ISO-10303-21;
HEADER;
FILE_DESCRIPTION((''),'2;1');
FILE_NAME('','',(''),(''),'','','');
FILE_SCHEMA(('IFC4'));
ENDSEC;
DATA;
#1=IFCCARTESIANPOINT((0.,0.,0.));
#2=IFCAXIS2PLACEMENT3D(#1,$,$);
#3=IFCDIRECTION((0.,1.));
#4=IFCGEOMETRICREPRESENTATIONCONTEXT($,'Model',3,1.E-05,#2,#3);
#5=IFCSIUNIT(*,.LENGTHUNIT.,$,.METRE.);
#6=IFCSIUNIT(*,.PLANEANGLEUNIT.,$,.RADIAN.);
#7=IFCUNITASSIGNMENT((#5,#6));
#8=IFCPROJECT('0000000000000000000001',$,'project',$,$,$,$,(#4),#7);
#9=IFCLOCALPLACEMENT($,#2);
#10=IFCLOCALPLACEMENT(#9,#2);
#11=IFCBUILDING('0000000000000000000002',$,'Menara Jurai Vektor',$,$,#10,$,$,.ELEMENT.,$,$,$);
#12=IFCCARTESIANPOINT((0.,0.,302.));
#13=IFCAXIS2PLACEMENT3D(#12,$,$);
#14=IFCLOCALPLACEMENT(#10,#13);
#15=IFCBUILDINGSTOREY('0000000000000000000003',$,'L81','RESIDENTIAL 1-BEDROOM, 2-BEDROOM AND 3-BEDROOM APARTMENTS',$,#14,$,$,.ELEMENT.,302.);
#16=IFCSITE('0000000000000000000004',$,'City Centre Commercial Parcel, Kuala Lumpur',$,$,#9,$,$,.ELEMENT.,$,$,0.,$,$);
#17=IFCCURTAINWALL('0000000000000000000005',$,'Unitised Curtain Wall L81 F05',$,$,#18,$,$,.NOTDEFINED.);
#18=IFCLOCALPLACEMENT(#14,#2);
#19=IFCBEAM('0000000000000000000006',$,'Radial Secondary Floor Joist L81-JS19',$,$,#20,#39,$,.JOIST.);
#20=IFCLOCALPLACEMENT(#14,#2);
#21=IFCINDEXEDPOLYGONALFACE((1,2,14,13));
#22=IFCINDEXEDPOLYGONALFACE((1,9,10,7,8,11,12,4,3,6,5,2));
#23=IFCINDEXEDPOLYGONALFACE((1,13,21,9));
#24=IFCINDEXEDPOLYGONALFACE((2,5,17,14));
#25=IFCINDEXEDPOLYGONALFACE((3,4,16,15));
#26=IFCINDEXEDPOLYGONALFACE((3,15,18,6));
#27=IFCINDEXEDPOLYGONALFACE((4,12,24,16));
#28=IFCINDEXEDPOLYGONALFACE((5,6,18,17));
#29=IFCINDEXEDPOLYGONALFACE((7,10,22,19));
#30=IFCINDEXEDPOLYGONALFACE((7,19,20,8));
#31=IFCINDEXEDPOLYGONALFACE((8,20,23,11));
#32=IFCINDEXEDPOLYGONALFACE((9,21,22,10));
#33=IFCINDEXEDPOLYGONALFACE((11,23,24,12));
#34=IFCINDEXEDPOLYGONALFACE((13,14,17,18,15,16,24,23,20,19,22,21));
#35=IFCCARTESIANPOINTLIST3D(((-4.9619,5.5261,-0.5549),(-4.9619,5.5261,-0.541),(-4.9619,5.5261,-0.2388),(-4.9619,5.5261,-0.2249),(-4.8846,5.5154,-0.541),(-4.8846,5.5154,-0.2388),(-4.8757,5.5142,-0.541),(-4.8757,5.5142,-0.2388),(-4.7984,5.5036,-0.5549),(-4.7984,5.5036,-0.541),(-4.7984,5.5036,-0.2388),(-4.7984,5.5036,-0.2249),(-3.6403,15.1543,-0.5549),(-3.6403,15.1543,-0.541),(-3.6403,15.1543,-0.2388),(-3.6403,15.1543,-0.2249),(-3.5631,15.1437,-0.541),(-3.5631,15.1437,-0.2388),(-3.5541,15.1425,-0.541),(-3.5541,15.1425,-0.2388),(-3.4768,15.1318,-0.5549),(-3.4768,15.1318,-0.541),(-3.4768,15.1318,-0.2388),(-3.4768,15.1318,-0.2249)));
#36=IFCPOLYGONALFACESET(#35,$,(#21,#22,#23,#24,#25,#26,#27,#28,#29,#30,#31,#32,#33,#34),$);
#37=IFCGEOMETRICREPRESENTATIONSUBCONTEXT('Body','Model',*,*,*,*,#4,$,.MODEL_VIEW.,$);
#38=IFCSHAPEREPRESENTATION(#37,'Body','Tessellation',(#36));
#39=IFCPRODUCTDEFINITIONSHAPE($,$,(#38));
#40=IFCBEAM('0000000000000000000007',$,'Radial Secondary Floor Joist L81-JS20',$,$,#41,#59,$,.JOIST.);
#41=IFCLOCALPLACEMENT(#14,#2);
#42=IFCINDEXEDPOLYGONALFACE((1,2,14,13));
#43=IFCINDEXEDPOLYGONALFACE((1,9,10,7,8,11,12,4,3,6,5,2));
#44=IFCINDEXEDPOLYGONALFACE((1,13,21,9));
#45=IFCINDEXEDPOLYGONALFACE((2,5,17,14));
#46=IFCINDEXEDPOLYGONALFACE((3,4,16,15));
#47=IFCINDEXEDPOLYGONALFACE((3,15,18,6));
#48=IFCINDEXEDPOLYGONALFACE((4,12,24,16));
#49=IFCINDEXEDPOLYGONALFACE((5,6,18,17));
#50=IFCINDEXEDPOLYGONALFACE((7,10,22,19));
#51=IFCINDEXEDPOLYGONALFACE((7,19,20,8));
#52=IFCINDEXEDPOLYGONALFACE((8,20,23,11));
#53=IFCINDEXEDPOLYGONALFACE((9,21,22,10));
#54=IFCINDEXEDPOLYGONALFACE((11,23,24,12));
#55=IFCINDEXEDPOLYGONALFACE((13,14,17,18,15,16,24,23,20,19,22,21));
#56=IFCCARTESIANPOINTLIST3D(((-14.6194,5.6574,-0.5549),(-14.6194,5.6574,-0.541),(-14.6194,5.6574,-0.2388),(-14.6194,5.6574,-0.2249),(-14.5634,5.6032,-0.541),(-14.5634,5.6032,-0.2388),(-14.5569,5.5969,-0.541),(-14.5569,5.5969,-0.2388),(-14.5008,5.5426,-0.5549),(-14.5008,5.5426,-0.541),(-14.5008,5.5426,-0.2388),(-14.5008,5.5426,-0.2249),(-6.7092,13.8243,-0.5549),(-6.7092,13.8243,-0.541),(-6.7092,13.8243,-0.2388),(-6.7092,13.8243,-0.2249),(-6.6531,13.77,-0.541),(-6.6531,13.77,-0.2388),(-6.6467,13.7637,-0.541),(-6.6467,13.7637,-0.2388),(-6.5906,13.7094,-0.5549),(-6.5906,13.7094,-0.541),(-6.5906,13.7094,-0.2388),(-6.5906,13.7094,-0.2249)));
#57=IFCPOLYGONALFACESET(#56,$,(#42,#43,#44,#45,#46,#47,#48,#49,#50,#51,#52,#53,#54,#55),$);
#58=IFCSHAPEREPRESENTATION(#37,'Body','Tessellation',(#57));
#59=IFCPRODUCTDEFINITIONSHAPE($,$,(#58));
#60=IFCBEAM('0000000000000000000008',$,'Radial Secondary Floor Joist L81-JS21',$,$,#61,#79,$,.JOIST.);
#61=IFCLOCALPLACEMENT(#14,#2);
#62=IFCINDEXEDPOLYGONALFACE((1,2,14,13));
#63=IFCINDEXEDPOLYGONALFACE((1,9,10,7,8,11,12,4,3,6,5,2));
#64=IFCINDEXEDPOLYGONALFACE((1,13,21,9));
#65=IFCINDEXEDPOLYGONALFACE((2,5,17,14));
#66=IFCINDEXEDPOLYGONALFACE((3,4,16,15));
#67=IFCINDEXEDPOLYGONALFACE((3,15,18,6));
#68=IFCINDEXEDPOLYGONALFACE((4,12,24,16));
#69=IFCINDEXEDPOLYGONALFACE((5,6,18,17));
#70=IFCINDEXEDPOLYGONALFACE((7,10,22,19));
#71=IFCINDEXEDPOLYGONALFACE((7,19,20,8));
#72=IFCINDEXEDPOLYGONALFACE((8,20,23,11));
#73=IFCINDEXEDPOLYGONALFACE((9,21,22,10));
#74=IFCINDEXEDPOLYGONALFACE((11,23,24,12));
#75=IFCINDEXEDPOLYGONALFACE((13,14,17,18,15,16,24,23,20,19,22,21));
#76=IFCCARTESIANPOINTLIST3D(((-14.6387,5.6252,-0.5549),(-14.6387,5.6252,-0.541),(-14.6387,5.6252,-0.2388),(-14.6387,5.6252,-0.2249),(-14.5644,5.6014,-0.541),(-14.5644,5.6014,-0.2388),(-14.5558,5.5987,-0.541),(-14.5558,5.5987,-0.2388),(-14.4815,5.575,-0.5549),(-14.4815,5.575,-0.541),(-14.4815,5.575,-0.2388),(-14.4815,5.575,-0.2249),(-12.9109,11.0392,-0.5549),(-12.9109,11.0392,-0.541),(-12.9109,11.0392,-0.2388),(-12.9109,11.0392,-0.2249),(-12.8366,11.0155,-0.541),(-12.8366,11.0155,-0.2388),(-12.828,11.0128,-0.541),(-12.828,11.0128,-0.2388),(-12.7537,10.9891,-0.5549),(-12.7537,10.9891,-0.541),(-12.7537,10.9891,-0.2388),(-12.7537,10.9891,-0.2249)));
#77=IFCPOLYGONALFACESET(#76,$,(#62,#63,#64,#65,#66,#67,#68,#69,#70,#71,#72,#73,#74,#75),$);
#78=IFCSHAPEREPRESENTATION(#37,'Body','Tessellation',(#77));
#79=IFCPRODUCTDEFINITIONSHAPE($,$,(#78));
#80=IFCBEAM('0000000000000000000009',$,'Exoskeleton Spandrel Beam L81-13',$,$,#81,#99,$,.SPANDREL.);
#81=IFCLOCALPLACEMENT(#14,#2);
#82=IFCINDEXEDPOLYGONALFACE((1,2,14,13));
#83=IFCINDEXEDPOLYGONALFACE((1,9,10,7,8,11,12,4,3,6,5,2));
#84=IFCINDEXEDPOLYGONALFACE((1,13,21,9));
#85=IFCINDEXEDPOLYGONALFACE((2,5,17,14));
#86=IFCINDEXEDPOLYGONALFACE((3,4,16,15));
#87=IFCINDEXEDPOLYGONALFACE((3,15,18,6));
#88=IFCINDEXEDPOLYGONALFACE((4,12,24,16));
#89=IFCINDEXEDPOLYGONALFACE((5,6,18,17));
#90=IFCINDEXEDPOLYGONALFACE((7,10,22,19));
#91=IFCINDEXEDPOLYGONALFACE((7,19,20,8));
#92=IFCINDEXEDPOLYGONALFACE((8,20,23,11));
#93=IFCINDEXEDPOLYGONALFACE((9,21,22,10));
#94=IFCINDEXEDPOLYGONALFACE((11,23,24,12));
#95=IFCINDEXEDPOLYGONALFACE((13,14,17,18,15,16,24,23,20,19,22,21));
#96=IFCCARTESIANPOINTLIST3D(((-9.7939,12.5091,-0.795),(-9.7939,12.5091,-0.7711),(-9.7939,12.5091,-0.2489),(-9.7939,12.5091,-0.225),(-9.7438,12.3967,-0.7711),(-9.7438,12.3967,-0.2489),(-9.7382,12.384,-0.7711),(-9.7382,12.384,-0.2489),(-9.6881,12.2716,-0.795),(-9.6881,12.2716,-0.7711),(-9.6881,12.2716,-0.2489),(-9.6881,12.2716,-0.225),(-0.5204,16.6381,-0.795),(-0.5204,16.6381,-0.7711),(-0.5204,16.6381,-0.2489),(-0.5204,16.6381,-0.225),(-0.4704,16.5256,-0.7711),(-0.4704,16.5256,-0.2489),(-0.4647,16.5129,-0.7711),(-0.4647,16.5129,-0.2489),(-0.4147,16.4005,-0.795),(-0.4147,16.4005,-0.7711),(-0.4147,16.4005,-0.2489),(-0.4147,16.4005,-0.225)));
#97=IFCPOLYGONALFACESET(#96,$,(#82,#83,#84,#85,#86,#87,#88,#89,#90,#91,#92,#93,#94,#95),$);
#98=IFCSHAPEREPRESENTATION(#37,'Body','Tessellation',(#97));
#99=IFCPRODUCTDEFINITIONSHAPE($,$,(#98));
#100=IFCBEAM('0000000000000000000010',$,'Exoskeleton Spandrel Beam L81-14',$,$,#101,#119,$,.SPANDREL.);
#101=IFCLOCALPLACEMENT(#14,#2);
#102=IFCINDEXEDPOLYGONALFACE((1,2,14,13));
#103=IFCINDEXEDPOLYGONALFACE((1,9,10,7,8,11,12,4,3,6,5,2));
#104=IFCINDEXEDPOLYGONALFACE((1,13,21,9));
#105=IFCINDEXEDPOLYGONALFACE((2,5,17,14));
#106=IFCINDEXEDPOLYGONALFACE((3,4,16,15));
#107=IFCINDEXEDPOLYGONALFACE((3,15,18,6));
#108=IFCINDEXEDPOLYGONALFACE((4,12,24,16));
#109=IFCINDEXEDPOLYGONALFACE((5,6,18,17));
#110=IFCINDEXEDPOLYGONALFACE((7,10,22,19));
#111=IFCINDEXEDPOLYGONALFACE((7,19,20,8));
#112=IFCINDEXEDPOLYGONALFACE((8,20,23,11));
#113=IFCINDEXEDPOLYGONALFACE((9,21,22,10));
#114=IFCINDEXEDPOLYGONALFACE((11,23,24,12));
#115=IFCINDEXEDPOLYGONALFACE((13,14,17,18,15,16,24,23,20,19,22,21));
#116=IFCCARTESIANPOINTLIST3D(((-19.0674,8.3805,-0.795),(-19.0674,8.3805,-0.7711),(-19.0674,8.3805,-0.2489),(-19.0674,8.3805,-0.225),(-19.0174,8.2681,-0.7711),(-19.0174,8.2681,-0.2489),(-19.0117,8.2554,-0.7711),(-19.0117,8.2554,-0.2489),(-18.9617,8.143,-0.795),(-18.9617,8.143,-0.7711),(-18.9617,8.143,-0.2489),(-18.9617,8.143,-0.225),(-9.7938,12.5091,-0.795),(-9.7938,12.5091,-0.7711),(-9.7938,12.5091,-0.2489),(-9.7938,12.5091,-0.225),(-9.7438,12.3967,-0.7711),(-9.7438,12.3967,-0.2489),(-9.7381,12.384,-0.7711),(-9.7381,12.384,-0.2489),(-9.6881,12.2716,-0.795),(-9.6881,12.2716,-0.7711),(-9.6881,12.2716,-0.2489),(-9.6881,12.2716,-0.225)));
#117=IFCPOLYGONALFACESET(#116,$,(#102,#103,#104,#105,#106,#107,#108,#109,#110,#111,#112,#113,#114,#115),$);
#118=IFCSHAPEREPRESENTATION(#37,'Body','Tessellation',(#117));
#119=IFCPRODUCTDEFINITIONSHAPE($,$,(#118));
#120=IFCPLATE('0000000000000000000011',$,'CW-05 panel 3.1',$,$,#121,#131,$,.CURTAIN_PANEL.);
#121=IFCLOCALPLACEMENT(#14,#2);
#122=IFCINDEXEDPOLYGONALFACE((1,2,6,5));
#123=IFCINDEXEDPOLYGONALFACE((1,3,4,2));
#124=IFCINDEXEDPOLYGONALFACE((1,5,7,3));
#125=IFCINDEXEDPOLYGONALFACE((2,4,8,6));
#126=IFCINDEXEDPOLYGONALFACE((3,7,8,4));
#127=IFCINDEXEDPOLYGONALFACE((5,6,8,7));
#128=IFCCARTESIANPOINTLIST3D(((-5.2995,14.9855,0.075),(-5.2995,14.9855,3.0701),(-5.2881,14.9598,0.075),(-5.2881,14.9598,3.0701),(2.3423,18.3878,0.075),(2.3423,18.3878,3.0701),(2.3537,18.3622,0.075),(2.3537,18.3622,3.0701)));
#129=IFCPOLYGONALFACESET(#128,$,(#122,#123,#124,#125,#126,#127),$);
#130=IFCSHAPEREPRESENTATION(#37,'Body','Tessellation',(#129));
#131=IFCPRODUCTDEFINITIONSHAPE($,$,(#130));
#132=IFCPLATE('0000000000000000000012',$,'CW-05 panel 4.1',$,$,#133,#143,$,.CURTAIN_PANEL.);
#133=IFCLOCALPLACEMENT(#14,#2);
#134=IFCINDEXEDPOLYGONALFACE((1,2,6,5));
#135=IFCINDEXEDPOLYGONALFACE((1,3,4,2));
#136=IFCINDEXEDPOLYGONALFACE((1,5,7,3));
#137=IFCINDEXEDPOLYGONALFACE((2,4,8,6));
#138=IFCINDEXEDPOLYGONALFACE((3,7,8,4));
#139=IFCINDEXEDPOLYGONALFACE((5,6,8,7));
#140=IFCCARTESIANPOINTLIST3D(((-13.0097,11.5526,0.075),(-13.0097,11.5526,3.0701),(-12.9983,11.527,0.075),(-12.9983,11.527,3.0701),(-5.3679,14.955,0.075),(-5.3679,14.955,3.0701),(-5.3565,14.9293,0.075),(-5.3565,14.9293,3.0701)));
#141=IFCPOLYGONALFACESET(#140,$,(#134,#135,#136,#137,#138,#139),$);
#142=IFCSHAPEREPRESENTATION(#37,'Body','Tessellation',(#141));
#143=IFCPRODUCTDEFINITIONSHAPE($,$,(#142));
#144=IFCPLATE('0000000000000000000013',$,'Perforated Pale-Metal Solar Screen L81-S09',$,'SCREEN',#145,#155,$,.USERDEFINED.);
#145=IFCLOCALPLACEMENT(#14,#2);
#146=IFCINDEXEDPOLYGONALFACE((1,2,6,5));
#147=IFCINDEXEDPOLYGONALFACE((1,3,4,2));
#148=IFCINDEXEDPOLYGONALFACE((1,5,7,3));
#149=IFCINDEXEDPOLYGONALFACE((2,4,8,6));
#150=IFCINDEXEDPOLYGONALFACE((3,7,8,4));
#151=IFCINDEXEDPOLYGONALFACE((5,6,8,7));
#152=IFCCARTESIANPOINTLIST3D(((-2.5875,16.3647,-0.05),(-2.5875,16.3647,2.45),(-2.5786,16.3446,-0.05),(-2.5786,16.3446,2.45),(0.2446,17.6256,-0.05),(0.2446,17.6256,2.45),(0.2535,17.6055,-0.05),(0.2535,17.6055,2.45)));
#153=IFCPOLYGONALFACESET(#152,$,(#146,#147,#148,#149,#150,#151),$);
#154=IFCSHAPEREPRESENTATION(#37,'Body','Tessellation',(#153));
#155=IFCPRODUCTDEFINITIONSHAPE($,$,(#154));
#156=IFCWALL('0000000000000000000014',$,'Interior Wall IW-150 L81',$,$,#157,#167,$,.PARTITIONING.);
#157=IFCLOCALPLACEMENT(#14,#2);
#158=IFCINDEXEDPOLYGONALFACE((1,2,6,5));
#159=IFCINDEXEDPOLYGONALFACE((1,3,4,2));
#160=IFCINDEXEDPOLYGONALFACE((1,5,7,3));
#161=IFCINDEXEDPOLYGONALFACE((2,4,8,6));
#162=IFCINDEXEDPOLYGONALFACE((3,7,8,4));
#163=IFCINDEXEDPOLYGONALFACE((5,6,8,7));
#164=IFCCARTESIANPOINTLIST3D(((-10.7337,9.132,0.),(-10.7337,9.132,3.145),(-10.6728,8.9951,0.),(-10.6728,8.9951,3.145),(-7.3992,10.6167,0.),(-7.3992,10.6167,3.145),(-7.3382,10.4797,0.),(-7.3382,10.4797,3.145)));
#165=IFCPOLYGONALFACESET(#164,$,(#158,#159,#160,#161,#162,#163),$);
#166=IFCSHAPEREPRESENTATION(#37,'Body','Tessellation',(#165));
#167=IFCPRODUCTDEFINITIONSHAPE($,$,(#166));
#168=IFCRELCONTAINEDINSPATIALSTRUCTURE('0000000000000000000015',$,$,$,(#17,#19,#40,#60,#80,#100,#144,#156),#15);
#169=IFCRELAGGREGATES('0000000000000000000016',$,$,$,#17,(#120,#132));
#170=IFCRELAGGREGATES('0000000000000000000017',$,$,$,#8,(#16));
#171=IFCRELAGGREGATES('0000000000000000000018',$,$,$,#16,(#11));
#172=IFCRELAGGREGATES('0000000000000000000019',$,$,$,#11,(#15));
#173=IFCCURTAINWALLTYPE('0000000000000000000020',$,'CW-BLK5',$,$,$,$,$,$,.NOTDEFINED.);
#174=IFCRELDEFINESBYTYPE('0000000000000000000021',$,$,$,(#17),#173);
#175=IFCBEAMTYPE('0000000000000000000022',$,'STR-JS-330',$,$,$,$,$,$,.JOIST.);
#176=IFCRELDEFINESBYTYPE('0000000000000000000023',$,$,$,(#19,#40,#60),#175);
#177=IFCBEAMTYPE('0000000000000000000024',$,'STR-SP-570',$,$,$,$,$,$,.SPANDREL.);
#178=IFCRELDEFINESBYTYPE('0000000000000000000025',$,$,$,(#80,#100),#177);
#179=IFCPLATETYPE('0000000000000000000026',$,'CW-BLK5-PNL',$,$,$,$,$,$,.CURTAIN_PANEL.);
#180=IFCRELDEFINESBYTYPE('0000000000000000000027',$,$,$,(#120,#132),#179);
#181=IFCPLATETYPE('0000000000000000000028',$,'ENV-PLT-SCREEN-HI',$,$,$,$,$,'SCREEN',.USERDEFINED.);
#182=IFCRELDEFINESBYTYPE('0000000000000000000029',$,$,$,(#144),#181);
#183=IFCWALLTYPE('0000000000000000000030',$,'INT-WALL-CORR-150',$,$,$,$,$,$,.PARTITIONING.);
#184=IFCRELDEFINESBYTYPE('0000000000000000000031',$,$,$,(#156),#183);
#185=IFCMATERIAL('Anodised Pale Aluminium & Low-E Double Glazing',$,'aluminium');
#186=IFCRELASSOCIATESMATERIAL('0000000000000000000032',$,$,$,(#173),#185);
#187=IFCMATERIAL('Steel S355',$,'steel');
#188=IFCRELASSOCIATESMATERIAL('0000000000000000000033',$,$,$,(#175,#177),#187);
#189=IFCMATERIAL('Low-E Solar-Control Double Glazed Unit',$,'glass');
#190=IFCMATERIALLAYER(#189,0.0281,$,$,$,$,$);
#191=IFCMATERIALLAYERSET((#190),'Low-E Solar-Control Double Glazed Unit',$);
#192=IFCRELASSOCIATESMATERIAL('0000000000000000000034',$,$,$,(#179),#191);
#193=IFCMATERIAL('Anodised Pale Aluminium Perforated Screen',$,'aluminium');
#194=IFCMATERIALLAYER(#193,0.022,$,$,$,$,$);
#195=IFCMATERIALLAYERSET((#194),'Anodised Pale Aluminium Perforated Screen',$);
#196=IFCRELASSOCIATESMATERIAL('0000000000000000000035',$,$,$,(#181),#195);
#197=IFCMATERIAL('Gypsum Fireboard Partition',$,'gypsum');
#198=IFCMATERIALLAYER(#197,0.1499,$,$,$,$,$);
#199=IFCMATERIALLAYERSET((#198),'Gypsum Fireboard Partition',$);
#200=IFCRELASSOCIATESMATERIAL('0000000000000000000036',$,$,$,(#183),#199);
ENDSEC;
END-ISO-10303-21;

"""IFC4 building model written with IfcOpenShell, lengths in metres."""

from ifc_helpers import new_model, si_unit, direction, frame, frame_2d, origin, origin_2d, place, context, subcontext, project, spatial, rectangle, i_section, extrude, material, layer, layer_set, material_profile, profile_set, type_object, element, aggregate, save


model = new_model("IFC4")

# Units and contexts
model_context = context("Model", 3, precision=1e-05, world=origin(), true_north=direction((0.0, 1.0)))
body_context = subcontext(model_context, "Body", "Model", "MODEL_VIEW")
ifc_project = project(units=[si_unit("LENGTHUNIT", "METRE"), si_unit("PLANEANGLEUNIT", "RADIAN")], contexts=[model_context])

# Site, building, storey
site_placement = place(None, origin())
site = spatial("IfcSite", under=ifc_project, at=site_placement, Name="City Centre Commercial Parcel, Kuala Lumpur", CompositionType="ELEMENT", RefElevation=0.0)
building_placement = place(site_placement, origin())
building = spatial("IfcBuilding", under=site, at=building_placement, Name="Menara Jurai Vektor", CompositionType="ELEMENT")
storey_placement = place(building_placement, frame((0.0, 0.0, 302.0)))
storey = spatial("IfcBuildingStorey", under=building, at=storey_placement, Name="L81", Description="RESIDENTIAL 1-BEDROOM, 2-BEDROOM AND 3-BEDROOM APARTMENTS", CompositionType="ELEMENT", Elevation=302.0)

# Curtain wall
ifc_material_1 = material(Name="Anodised Pale Aluminium & Low-E Double Glazing", Category="aluminium")
curtain_wall_type = type_object("IfcCurtainWallType", Name="CW-BLK5", PredefinedType="NOTDEFINED", material=ifc_material_1)
curtain_wall_placement = place(storey_placement, origin())
curtain_wall = element("IfcCurtainWall", 1, at=curtain_wall_placement, inside=storey, type_object=curtain_wall_type, Name="Unitised Curtain Wall L81 F05", PredefinedType="NOTDEFINED")

# Beams
ifc_material_2 = material(Name="Steel S355", Category="steel")
ifc_material_profile_1 = material_profile(ifc_material_2, i_section(OverallWidth=0.165, OverallDepth=0.3301, WebThickness=0.009, FlangeThickness=0.0139, at=origin_2d()), Name="PG 330x165x46")
ifc_profile_set_1 = profile_set([ifc_material_profile_1], Name="Steel S355")
beam_type_1 = type_object("IfcBeamType", Name="STR-JS-330", PredefinedType="JOIST", material=ifc_profile_set_1)
beam_1_placement = place(storey_placement, frame((-3.5586, 15.1431, -0.3899), z_axis=(-0.135982, -0.990711, 0.0), x_axis=(0.990711, -0.135982, 0.0)))
element("IfcBeam", 2, at=beam_1_placement, inside=storey, type_object=beam_type_1, Name="Radial Secondary Floor Joist L81-JS19", PredefinedType="JOIST", context=body_context, shape_type="SweptSolid", body=[
    extrude(i_section(OverallWidth=0.165, OverallDepth=0.3301, WebThickness=0.009, FlangeThickness=0.0139, at=origin_2d()), origin(), (0.0, 0.0, 1.0), 9.7185),
])
beam_2_placement = place(storey_placement, frame((-6.6499, 13.7668, -0.3899), z_axis=(-0.695733, -0.718301, 0.0), x_axis=(0.718301, -0.695733, 0.0)))
element("IfcBeam", 3, at=beam_2_placement, inside=storey, type_object=beam_type_1, Name="Radial Secondary Floor Joist L81-JS20", PredefinedType="JOIST", context=body_context, shape_type="SweptSolid", body=[
    extrude(i_section(OverallWidth=0.165, OverallDepth=0.3301, WebThickness=0.009, FlangeThickness=0.0139, at=origin_2d()), origin(), (0.0, 0.0, 1.0), 11.3696),
])
beam_3_placement = place(storey_placement, frame((-12.8323, 11.0142, -0.3899), z_axis=(-0.304023, -0.952665, 0.0), x_axis=(0.952665, -0.304023, 0.0)))
element("IfcBeam", 4, at=beam_3_placement, inside=storey, type_object=beam_type_1, Name="Radial Secondary Floor Joist L81-JS21", PredefinedType="JOIST", context=body_context, shape_type="SweptSolid", body=[
    extrude(i_section(OverallWidth=0.165, OverallDepth=0.3301, WebThickness=0.009, FlangeThickness=0.0139, at=origin_2d()), origin(), (0.0, 0.0, 1.0), 5.6831),
])
ifc_material_profile_2 = material_profile(ifc_material_2, i_section(OverallWidth=0.26, OverallDepth=0.5701, WebThickness=0.0139, FlangeThickness=0.0239, at=origin_2d()), Name="PG 570x260x145")
ifc_profile_set_2 = profile_set([ifc_material_profile_2], Name="Steel S355")
beam_type_2 = type_object("IfcBeamType", Name="STR-SP-570", PredefinedType="SPANDREL", material=ifc_profile_set_2)
for number, where, z_axis, x_axis, name in (
    (5, (-0.4675, 16.5193, -0.51), (-0.913542, -0.406745, 0.0), (0.406745, -0.913542, 0.0), "Exoskeleton Spandrel Beam L81-13"),
    (6, (-9.741, 12.3904, -0.51), (-0.913554, -0.406716, 0.0), (0.406716, -0.913554, 0.0), "Exoskeleton Spandrel Beam L81-14"),
):
    element("IfcBeam", number, at=place(storey_placement, frame(where, z_axis=z_axis, x_axis=x_axis)), inside=storey, type_object=beam_type_2, Name=name, PredefinedType="SPANDREL", context=body_context, shape_type="SweptSolid", body=[
        extrude(i_section(OverallWidth=0.26, OverallDepth=0.5701, WebThickness=0.0139, FlangeThickness=0.0239, at=origin_2d()), origin(), (0.0, 0.0, 1.0), 10.1511),
    ])

# Plates
ifc_material_3 = material(Name="Low-E Solar-Control Double Glazed Unit", Category="glass")
ifc_layer_1 = layer(ifc_material_3, 0.0281)
ifc_layer_set_1 = layer_set([ifc_layer_1], Name="Low-E Solar-Control Double Glazed Unit")
plate_type_1 = type_object("IfcPlateType", Name="CW-BLK5-PNL", PredefinedType="CURTAIN_PANEL", material=ifc_layer_set_1)
plate_1_placement = place(storey_placement, frame((-1.4729, 16.6738, 0.075), z_axis=(0.0, 0.0, 1.0), x_axis=(-0.913546, -0.406735, 0.0)))
plate_1 = element("IfcPlate", 7, at=plate_1_placement, type_object=plate_type_1, Name="CW-05 panel 3.1", PredefinedType="CURTAIN_PANEL", context=body_context, shape_type="SweptSolid", body=[
    extrude(rectangle(XDim=8.365, YDim=0.0281, at=origin_2d()), origin(), (0.0, 0.0, 1.0), 2.9951),
])
plate_2_placement = place(storey_placement, frame((-9.1831, 13.241, 0.075), z_axis=(0.0, 0.0, 1.0), x_axis=(-0.913546, -0.406735, 0.0)))
plate_2 = element("IfcPlate", 8, at=plate_2_placement, type_object=plate_type_1, Name="CW-05 panel 4.1", PredefinedType="CURTAIN_PANEL", context=body_context, shape_type="SweptSolid", body=[
    extrude(rectangle(XDim=8.365, YDim=0.0281, at=origin_2d()), origin(), (0.0, 0.0, 1.0), 2.9951),
])
aggregate(curtain_wall, [plate_1, plate_2])
ifc_material_4 = material(Name="Anodised Pale Aluminium Perforated Screen", Category="aluminium")
ifc_layer_2 = layer(ifc_material_4, 0.022)
ifc_layer_set_2 = layer_set([ifc_layer_2], Name="Anodised Pale Aluminium Perforated Screen")
plate_type_2 = type_object("IfcPlateType", Name="ENV-PLT-SCREEN-HI", ElementType="SCREEN", PredefinedType="USERDEFINED", material=ifc_layer_set_2)
plate_3_placement = place(storey_placement, frame((-1.167, 16.9851, -0.05), z_axis=(0.0, 0.0, 1.0), x_axis=(-0.913545, -0.406737, 0.0)))
element("IfcPlate", 9, at=plate_3_placement, inside=storey, type_object=plate_type_2, Name="Perforated Pale-Metal Solar Screen L81-S09", ObjectType="SCREEN", PredefinedType="USERDEFINED", context=body_context, shape_type="SweptSolid", body=[
    extrude(rectangle(XDim=3.1001, YDim=0.022, at=origin_2d()), origin(), (0.0, 0.0, 1.0), 2.5),
])

# Wall
ifc_material_5 = material(Name="Gypsum Fireboard Partition", Category="gypsum")
ifc_layer_3 = layer(ifc_material_5, 0.1499)
ifc_layer_set_3 = layer_set([ifc_layer_3], Name="Gypsum Fireboard Partition")
wall_type_1 = type_object("IfcWallType", Name="INT-WALL-CORR-150", PredefinedType="PARTITIONING", material=ifc_layer_set_3)
wall_1_placement = place(storey_placement, frame((-10.7034, 9.0635, 0.0), z_axis=(0.0, 0.0, 1.0), x_axis=(0.913544, 0.40674, 0.0)))
element("IfcWall", 10, at=wall_1_placement, inside=storey, type_object=wall_type_1, Name="Interior Wall IW-150 L81", PredefinedType="PARTITIONING", context=body_context, shape_type="SweptSolid", body=[
    extrude(rectangle(XDim=3.6501, YDim=0.1499, at=frame_2d((1.8252, 0.0))), origin(), (0.0, 0.0, 1.0), 3.145),
])

save(model, "model.ifc")
